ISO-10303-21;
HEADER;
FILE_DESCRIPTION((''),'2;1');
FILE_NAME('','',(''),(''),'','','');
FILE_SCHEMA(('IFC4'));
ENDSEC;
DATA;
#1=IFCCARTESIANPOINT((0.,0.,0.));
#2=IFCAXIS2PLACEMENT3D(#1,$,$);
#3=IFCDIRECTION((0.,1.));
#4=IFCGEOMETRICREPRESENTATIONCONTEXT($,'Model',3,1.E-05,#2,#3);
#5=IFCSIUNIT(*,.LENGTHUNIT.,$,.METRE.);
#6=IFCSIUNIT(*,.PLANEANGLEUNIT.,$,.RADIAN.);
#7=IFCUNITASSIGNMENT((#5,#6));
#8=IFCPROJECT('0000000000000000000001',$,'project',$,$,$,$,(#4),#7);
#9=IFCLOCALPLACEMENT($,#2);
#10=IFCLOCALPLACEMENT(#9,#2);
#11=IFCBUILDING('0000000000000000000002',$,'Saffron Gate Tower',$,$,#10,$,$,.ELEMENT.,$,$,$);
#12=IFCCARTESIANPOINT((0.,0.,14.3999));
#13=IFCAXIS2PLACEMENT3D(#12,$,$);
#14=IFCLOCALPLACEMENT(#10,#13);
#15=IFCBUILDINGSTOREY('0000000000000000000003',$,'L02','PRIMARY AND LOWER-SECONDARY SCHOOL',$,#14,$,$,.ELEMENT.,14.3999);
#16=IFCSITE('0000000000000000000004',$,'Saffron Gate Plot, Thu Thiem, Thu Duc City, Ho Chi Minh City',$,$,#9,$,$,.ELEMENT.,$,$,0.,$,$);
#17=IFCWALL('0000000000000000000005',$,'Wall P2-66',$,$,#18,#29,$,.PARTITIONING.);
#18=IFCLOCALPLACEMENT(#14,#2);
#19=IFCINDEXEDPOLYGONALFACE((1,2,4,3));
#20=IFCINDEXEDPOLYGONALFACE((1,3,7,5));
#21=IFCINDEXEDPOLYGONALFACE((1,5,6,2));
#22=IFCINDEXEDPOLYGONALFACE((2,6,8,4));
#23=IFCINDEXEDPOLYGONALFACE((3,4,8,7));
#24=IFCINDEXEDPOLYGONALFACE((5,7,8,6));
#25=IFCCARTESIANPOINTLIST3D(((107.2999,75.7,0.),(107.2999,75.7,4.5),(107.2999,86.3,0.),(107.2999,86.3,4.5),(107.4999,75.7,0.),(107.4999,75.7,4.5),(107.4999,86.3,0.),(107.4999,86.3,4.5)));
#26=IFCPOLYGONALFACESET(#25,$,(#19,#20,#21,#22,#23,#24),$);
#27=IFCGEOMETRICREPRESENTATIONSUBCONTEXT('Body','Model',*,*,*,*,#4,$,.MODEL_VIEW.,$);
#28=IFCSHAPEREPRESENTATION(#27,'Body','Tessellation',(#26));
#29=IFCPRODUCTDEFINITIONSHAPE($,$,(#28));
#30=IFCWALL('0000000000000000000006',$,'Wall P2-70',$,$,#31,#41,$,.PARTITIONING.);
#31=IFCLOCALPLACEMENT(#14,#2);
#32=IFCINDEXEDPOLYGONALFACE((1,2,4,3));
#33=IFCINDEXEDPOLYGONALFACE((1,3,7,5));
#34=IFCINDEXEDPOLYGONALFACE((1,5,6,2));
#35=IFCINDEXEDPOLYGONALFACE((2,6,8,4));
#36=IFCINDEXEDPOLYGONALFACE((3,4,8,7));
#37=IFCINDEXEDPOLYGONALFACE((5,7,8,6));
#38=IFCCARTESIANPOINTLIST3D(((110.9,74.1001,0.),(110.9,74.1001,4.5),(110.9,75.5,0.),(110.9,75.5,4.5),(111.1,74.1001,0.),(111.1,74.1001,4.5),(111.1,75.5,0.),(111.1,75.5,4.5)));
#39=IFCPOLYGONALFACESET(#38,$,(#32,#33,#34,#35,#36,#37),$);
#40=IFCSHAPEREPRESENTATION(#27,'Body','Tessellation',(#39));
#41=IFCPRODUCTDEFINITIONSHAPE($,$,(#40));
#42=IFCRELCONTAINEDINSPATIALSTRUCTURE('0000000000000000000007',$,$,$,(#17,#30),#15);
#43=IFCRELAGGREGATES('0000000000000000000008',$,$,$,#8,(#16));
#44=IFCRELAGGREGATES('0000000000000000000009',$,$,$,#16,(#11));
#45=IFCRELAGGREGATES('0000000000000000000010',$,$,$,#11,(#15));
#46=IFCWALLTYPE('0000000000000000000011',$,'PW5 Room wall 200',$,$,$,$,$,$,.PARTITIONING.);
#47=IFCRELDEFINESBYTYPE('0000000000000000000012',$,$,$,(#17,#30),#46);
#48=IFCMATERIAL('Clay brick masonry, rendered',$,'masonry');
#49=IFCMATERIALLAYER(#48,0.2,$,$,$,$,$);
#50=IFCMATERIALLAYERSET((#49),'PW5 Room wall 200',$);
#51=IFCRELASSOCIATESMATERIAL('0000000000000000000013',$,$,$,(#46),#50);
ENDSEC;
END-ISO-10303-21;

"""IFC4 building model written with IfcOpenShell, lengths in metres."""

from ifc_helpers import new_model, si_unit, direction, frame, frame_2d, origin, place, context, subcontext, project, spatial, rectangle, extrude, material, layer, layer_set, type_object, element, save


model = new_model("IFC4")

# Units and contexts
model_context = context("Model", 3, precision=1e-05, world=origin(), true_north=direction((0.0, 1.0)))
body_context = subcontext(model_context, "Body", "Model", "MODEL_VIEW")
ifc_project = project(units=[si_unit("LENGTHUNIT", "METRE"), si_unit("PLANEANGLEUNIT", "RADIAN")], contexts=[model_context])

# Site, building, storey
site_placement = place(None, origin())
site = spatial("IfcSite", under=ifc_project, at=site_placement, Name="Saffron Gate Plot, Thu Thiem, Thu Duc City, Ho Chi Minh City", CompositionType="ELEMENT", RefElevation=0.0)
building_placement = place(site_placement, origin())
building = spatial("IfcBuilding", under=site, at=building_placement, Name="Saffron Gate Tower", CompositionType="ELEMENT")
storey_placement = place(building_placement, frame((0.0, 0.0, 14.3999)))
storey = spatial("IfcBuildingStorey", under=building, at=storey_placement, Name="L02", Description="PRIMARY AND LOWER-SECONDARY SCHOOL", CompositionType="ELEMENT", Elevation=14.3999)

# Shared definitions
ifc_material_1 = material(Name="Clay brick masonry, rendered", Category="masonry")

# Walls
ifc_layer_1 = layer(ifc_material_1, 0.2)
ifc_layer_set_1 = layer_set([ifc_layer_1], Name="PW5 Room wall 200")
wall_type_1 = type_object("IfcWallType", Name="PW5 Room wall 200", PredefinedType="PARTITIONING", material=ifc_layer_set_1)
wall_1_placement = place(storey_placement, frame((107.3999, 86.3, 0.0), z_axis=(0.0, 0.0, 1.0), x_axis=(0.0, -1.0, 0.0)))
element("IfcWall", 1, at=wall_1_placement, inside=storey, type_object=wall_type_1, Name="Wall P2-66", PredefinedType="PARTITIONING", context=body_context, shape_type="SweptSolid", body=[
    extrude(rectangle(XDim=10.6001, YDim=0.2, at=frame_2d((5.3, 0.0))), origin(), (0.0, 0.0, 1.0), 4.5),
])
wall_2_placement = place(storey_placement, frame((111.0, 75.5, 0.0), z_axis=(0.0, 0.0, 1.0), x_axis=(0.0, -1.0, 0.0)))
element("IfcWall", 2, at=wall_2_placement, inside=storey, type_object=wall_type_1, Name="Wall P2-70", PredefinedType="PARTITIONING", context=body_context, shape_type="SweptSolid", body=[
    extrude(rectangle(XDim=1.3999, YDim=0.2, at=frame_2d((0.7, 0.0))), origin(), (0.0, 0.0, 1.0), 4.5),
])

save(model, "model.ifc")
